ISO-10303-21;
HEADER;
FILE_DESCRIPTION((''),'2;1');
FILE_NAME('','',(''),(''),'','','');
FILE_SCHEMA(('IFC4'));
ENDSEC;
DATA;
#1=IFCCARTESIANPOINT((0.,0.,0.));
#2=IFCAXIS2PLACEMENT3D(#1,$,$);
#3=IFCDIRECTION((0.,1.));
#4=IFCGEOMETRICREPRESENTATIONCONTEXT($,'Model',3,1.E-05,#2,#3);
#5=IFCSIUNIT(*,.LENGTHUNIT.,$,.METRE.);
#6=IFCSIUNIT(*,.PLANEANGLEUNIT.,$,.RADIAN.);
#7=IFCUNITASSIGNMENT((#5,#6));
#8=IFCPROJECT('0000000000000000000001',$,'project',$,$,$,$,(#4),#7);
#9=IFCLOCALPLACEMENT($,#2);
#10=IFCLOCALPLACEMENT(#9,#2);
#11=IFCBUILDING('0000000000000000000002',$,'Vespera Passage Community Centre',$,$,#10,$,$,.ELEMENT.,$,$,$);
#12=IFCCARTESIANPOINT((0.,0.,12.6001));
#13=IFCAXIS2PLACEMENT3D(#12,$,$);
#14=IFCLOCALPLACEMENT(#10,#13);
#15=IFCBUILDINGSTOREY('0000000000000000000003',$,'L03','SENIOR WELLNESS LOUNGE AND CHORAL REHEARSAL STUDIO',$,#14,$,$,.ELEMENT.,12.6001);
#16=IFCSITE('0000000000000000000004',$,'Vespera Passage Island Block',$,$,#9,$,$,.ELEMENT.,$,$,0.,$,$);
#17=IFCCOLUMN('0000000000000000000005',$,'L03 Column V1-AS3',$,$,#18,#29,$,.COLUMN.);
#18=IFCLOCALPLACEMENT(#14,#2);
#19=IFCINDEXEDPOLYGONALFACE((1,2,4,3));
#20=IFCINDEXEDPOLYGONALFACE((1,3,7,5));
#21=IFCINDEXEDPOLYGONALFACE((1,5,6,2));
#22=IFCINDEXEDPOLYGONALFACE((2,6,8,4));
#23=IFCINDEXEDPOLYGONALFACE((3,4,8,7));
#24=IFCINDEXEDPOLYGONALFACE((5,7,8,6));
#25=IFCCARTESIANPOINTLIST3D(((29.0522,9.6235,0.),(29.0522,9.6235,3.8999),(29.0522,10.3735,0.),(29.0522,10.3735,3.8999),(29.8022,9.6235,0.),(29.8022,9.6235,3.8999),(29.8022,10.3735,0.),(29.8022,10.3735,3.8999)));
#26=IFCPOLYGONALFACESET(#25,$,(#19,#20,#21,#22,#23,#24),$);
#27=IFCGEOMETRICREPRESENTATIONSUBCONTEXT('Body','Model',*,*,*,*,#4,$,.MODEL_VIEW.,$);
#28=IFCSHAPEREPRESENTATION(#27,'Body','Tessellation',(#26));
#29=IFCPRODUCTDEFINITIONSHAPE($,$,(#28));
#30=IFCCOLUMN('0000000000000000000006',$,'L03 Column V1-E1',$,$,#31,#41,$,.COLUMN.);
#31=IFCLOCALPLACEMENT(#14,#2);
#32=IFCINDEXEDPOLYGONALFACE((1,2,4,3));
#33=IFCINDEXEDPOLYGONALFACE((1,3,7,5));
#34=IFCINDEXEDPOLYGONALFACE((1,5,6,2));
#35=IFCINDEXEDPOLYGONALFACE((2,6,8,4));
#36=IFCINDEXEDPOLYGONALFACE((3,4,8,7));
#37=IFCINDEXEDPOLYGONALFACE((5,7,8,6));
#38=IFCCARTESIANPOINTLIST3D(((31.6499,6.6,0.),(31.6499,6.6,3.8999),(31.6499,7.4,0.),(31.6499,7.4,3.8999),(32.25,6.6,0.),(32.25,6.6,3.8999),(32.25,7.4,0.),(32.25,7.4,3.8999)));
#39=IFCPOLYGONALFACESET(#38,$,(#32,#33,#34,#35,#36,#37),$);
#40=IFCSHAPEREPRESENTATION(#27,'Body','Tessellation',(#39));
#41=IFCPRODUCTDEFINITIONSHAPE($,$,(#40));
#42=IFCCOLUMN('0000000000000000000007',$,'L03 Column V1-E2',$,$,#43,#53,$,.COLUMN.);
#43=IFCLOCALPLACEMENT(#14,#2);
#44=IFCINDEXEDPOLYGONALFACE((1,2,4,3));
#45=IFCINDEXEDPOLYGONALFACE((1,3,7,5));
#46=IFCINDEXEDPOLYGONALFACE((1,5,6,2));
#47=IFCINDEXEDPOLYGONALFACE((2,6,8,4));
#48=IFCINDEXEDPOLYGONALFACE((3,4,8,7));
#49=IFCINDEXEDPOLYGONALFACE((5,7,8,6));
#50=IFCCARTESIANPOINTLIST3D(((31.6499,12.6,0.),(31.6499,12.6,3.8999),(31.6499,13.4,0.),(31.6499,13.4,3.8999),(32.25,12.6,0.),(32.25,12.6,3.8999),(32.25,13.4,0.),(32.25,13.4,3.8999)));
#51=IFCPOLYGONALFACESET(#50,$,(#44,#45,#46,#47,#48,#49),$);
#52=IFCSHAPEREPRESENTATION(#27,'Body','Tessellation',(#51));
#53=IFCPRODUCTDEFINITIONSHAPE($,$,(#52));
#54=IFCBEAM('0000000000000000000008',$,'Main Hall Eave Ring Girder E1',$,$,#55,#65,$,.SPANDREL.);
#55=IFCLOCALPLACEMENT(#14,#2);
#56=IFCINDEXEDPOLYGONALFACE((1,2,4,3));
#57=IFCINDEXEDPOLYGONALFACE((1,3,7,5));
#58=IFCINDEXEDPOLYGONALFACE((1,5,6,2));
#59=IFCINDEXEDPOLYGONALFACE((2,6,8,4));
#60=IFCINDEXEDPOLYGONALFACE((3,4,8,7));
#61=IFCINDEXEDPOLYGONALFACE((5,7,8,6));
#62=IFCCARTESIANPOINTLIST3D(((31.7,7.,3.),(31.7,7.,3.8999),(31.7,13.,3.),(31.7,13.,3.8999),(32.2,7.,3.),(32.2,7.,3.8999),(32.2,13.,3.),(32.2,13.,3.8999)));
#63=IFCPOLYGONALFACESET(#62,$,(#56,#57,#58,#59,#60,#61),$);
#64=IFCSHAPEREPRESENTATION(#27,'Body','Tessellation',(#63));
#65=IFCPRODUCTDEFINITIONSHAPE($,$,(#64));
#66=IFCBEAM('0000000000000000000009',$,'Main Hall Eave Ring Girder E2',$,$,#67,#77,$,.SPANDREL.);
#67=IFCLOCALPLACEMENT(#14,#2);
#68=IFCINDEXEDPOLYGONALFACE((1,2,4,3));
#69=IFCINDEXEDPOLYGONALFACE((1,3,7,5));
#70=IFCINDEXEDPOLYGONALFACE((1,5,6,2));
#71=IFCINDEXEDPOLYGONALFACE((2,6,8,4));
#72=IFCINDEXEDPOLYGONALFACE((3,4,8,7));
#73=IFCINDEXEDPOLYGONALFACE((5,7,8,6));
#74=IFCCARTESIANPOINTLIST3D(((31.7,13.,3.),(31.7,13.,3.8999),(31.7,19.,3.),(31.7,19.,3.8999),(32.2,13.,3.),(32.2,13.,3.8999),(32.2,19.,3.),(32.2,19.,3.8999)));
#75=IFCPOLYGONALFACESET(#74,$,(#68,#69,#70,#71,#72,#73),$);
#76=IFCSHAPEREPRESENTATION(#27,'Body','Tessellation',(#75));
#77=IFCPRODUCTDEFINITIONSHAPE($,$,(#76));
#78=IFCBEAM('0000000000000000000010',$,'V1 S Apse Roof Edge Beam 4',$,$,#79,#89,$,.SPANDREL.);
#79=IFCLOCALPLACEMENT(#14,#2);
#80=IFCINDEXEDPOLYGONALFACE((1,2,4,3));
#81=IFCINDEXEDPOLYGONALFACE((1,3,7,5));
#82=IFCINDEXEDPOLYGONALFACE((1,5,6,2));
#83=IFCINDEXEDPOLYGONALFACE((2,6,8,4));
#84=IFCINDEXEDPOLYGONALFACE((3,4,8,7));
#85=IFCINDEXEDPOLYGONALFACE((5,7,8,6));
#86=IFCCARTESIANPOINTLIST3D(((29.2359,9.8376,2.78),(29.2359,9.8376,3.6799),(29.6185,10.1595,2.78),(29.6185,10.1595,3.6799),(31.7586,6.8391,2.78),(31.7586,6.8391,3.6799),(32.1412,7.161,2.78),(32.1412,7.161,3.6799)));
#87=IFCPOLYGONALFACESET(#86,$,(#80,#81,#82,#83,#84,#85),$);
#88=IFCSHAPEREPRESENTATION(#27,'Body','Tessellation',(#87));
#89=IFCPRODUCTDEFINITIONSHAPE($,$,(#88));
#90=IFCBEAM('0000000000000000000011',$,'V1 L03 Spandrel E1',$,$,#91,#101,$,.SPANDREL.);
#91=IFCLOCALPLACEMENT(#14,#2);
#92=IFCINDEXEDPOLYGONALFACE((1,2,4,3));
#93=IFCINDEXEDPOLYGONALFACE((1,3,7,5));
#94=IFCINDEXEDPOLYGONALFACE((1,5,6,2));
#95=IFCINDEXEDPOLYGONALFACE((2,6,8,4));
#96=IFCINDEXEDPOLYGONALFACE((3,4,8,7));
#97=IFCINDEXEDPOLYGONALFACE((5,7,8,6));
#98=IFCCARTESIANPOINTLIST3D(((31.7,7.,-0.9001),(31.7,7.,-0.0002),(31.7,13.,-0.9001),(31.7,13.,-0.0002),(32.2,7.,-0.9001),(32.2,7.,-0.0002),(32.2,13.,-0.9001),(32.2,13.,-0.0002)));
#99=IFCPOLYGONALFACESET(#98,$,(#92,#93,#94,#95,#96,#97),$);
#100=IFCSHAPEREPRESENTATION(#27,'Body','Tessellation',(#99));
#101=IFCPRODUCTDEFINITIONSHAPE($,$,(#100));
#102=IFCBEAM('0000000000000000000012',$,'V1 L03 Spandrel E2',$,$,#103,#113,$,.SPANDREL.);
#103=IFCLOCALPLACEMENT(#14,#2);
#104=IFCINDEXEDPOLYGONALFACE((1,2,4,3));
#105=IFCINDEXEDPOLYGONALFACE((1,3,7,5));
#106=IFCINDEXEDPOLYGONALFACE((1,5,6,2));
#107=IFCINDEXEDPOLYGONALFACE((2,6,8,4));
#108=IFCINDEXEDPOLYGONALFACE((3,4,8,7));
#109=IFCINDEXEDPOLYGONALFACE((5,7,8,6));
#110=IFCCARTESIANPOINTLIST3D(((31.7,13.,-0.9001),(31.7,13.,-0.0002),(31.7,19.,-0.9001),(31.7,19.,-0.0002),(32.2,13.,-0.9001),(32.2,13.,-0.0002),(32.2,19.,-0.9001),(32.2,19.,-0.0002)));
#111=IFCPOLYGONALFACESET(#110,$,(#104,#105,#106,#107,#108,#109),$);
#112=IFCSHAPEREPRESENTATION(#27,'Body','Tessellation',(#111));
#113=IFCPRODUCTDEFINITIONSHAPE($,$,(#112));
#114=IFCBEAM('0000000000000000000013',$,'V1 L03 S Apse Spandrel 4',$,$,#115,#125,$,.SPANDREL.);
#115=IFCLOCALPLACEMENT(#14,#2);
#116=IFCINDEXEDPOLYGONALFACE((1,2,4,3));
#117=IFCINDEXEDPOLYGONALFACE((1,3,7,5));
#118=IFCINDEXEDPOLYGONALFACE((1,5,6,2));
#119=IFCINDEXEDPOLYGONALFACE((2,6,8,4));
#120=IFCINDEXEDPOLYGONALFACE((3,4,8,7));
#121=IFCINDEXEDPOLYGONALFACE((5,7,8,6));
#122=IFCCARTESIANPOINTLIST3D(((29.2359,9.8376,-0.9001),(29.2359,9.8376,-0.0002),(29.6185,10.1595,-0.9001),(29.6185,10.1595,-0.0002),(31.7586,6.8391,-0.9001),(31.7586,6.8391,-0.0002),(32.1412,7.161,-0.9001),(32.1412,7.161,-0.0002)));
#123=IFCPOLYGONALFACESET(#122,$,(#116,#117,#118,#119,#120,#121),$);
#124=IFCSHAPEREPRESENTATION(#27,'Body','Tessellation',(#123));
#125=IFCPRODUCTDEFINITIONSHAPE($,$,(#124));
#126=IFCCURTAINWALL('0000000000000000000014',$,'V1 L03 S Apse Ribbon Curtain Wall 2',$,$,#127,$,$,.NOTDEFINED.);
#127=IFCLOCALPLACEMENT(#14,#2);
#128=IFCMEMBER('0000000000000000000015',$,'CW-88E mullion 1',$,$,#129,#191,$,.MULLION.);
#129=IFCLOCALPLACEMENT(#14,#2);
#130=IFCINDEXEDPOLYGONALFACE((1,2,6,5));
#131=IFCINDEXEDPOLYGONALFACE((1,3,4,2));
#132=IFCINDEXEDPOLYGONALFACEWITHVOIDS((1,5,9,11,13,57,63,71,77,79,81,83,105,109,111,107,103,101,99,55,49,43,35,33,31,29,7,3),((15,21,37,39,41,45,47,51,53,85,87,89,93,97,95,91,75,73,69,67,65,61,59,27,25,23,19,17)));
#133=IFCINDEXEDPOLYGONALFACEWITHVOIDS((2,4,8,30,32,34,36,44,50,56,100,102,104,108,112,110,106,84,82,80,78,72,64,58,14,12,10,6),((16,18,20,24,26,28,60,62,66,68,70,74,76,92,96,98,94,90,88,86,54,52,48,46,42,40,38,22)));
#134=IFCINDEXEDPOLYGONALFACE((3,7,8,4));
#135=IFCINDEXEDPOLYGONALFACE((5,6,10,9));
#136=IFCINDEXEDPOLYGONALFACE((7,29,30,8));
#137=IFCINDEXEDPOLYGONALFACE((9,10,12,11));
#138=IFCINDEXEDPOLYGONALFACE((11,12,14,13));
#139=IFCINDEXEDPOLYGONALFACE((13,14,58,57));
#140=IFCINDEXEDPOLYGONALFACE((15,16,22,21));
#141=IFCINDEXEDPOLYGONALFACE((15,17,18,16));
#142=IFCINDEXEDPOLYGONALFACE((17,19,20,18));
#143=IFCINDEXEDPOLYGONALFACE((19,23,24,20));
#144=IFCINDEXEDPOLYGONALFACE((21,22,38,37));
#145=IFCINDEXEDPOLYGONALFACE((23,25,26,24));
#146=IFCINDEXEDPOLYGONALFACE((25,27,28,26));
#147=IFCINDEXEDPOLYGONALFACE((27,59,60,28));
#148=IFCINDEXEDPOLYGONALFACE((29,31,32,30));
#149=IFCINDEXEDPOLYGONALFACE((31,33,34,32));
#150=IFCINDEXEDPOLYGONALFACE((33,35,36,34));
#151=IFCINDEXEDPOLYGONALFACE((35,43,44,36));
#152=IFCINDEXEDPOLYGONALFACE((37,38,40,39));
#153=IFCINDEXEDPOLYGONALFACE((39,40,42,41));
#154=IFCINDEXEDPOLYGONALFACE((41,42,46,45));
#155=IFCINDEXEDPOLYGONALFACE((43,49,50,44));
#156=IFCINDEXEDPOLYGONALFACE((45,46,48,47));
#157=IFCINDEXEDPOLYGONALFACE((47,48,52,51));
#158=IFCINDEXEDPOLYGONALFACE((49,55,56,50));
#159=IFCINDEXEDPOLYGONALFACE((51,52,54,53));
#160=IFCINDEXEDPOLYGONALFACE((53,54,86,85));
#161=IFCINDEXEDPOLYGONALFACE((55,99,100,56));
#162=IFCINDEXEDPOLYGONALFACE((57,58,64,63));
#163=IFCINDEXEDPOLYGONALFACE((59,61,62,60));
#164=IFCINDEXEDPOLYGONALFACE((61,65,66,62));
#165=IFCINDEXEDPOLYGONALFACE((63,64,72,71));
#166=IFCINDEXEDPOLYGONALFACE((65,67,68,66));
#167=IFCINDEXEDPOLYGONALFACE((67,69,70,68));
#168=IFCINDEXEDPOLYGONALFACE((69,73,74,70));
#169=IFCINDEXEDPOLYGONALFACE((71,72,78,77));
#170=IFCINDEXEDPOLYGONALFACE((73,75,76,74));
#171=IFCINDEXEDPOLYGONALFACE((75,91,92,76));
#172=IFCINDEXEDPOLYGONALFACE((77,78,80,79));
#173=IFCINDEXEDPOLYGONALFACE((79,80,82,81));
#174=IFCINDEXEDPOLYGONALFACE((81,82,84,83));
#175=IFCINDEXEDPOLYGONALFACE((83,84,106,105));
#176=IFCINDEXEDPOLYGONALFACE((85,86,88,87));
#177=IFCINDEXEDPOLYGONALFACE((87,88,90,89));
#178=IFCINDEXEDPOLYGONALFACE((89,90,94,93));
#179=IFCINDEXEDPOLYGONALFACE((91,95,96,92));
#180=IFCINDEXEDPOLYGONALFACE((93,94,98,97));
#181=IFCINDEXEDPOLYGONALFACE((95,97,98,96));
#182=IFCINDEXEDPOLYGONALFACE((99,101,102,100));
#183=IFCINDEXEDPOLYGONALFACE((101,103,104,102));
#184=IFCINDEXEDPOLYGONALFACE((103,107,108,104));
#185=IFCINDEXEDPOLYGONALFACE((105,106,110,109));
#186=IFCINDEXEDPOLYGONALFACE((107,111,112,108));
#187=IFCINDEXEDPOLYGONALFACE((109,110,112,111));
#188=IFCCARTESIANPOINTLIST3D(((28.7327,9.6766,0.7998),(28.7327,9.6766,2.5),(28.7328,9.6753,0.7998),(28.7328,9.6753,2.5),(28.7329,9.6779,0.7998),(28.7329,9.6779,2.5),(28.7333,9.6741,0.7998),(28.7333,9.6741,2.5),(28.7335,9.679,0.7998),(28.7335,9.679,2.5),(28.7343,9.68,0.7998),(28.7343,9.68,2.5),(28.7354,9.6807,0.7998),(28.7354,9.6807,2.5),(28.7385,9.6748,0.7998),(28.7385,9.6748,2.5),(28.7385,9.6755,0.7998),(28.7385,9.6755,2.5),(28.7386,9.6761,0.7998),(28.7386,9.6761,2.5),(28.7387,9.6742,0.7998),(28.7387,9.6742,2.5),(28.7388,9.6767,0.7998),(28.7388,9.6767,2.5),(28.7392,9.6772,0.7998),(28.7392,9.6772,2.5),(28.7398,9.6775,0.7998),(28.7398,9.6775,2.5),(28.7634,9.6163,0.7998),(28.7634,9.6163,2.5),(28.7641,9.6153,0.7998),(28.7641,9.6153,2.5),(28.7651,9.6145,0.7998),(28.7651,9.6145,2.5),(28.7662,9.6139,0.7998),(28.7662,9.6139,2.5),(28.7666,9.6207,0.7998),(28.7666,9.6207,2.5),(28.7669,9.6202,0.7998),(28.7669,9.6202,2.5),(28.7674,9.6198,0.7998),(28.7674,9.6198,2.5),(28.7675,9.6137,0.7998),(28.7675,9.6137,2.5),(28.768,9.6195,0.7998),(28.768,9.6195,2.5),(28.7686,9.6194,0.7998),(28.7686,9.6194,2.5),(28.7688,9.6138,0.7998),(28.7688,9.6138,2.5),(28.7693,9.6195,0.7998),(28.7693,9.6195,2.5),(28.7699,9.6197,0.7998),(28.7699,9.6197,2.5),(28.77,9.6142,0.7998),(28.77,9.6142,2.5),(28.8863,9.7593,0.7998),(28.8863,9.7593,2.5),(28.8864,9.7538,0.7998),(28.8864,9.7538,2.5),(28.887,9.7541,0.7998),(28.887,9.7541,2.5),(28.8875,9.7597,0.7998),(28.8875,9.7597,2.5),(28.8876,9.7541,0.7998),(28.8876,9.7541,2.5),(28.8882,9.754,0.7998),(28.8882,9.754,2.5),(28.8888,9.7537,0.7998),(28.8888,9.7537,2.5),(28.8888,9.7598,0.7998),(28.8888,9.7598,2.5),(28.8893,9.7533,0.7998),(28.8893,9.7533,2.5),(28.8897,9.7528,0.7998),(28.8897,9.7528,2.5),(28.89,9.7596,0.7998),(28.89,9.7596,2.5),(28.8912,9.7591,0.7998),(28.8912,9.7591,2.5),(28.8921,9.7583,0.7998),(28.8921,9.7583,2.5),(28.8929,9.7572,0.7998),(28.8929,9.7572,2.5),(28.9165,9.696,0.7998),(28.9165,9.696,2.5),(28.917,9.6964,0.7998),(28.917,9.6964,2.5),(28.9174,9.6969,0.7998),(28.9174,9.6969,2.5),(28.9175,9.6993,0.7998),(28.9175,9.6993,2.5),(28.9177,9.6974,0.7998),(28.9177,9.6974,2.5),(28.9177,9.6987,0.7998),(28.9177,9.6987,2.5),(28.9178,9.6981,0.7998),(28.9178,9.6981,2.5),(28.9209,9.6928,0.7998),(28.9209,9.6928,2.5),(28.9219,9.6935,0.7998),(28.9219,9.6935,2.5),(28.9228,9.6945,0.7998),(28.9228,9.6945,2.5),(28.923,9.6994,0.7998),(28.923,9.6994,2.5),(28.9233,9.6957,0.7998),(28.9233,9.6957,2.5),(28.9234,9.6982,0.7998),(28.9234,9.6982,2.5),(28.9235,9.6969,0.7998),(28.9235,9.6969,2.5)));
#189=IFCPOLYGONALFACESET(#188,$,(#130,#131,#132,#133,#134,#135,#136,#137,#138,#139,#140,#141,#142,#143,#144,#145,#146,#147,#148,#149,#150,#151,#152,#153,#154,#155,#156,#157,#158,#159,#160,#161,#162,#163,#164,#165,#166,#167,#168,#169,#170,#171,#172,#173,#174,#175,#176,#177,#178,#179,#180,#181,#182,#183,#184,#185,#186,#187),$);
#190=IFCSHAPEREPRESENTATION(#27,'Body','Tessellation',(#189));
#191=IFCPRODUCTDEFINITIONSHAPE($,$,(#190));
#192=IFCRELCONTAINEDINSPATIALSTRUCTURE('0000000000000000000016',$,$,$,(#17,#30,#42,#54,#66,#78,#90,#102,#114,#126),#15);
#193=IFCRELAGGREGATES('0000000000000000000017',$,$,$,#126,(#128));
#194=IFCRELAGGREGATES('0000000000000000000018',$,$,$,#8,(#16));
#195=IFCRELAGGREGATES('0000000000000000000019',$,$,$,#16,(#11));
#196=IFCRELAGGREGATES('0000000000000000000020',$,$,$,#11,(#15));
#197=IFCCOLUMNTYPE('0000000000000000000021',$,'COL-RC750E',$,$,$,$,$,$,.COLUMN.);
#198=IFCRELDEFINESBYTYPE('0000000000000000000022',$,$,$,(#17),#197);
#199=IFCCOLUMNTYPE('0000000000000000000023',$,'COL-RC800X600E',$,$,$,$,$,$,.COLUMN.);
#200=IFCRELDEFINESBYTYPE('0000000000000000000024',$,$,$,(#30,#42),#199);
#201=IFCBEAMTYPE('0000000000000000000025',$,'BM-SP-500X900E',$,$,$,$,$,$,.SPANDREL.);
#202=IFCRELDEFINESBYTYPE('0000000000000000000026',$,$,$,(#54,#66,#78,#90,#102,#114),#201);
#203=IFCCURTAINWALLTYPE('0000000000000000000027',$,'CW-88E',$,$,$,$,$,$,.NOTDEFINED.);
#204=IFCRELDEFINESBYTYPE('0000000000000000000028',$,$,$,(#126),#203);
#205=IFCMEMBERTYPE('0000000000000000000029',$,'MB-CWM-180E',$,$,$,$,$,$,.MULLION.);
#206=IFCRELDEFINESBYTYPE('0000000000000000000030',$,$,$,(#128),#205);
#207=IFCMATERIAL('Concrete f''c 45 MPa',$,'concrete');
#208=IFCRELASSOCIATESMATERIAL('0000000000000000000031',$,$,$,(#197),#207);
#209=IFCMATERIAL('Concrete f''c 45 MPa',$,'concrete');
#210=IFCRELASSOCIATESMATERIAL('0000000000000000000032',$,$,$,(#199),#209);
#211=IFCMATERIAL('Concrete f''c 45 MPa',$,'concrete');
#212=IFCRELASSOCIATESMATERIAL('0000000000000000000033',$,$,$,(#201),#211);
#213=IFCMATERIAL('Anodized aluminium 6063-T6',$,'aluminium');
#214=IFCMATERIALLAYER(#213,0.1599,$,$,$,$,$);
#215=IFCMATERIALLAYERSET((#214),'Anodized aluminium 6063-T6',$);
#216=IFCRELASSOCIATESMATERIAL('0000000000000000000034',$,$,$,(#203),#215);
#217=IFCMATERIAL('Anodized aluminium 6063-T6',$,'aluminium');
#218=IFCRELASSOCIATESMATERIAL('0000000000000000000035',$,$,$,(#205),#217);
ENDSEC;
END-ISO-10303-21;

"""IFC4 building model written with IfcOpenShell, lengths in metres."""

from ifc_helpers import new_model, si_unit, direction, frame, origin, origin_2d, place, context, subcontext, project, spatial, rectangle, hollow_rectangle, extrude, material, layer, layer_set, material_profile, profile_set, type_object, element, aggregate, save


model = new_model("IFC4")

# Units and contexts
model_context = context("Model", 3, precision=1e-05, world=origin(), true_north=direction((0.0, 1.0)))
body_context = subcontext(model_context, "Body", "Model", "MODEL_VIEW")
ifc_project = project(units=[si_unit("LENGTHUNIT", "METRE"), si_unit("PLANEANGLEUNIT", "RADIAN")], contexts=[model_context])

# Site, building, storey
site_placement = place(None, origin())
site = spatial("IfcSite", under=ifc_project, at=site_placement, Name="Vespera Passage Island Block", CompositionType="ELEMENT", RefElevation=0.0)
building_placement = place(site_placement, origin())
building = spatial("IfcBuilding", under=site, at=building_placement, Name="Vespera Passage Community Centre", CompositionType="ELEMENT")
storey_placement = place(building_placement, frame((0.0, 0.0, 12.6001)))
storey = spatial("IfcBuildingStorey", under=building, at=storey_placement, Name="L03", Description="SENIOR WELLNESS LOUNGE AND CHORAL REHEARSAL STUDIO", CompositionType="ELEMENT", Elevation=12.6001)

# Columns
ifc_material_1 = material(Name="Concrete f'c 45 MPa", Category="concrete")
ifc_material_profile_1 = material_profile(ifc_material_1, rectangle(XDim=0.75, YDim=0.75, at=origin_2d()), Name="RC750X750")
ifc_profile_set_1 = profile_set([ifc_material_profile_1], Name="Concrete f'c 45 MPa")
column_type_1 = type_object("IfcColumnType", Name="COL-RC750E", PredefinedType="COLUMN", material=ifc_profile_set_1)
column_placement = place(storey_placement, frame((29.4272, 9.9985, 0.0), z_axis=(0.0, 0.0, 1.0), x_axis=(1.0, 0.0, 0.0)))
element("IfcColumn", 1, at=column_placement, inside=storey, type_object=column_type_1, Name="L03 Column V1-AS3", PredefinedType="COLUMN", context=body_context, shape_type="SweptSolid", body=[
    extrude(rectangle(XDim=0.75, YDim=0.75, at=origin_2d()), origin(), (0.0, 0.0, 1.0), 3.8999),
])
ifc_material_2 = material(Name="Concrete f'c 45 MPa", Category="concrete")
ifc_material_profile_2 = material_profile(ifc_material_2, rectangle(XDim=0.6001, YDim=0.8, at=origin_2d()), Name="RC800X600")
ifc_profile_set_2 = profile_set([ifc_material_profile_2], Name="Concrete f'c 45 MPa")
column_type_2 = type_object("IfcColumnType", Name="COL-RC800X600E", PredefinedType="COLUMN", material=ifc_profile_set_2)
for number, where, z_axis, x_axis, name in (
    (2, (31.95, 7.0, 0.0), (0.0, 0.0, 1.0), (1.0, 0.0, 0.0), "L03 Column V1-E1"),
    (3, (31.95, 13.0, 0.0), (0.0, 0.0, 1.0), (1.0, 0.0, 0.0), "L03 Column V1-E2"),
):
    element("IfcColumn", number, at=place(storey_placement, frame(where, z_axis=z_axis, x_axis=x_axis)), inside=storey, type_object=column_type_2, Name=name, PredefinedType="COLUMN", context=body_context, shape_type="SweptSolid", body=[
        extrude(rectangle(XDim=0.6001, YDim=0.8, at=origin_2d()), origin(), (0.0, 0.0, 1.0), 3.8999),
    ])

# Beams
ifc_material_3 = material(Name="Concrete f'c 45 MPa", Category="concrete")
ifc_material_profile_3 = material_profile(ifc_material_3, rectangle(XDim=0.5, YDim=0.8999, at=origin_2d()), Name="RC500X900")
ifc_profile_set_3 = profile_set([ifc_material_profile_3], Name="Concrete f'c 45 MPa")
beam_type = type_object("IfcBeamType", Name="BM-SP-500X900E", PredefinedType="SPANDREL", material=ifc_profile_set_3)
for number, where, z_axis, x_axis, name in (
    (4, (31.95, 7.0, 3.45), (0.0, 1.0, 0.0), (-1.0, 0.0, 0.0), "Main Hall Eave Ring Girder E1"),
    (5, (31.95, 13.0, 3.45), (0.0, 1.0, 0.0), (-1.0, 0.0, 0.0), "Main Hall Eave Ring Girder E2"),
):
    element("IfcBeam", number, at=place(storey_placement, frame(where, z_axis=z_axis, x_axis=x_axis)), inside=storey, type_object=beam_type, Name=name, PredefinedType="SPANDREL", context=body_context, shape_type="SweptSolid", body=[
        extrude(rectangle(XDim=0.5, YDim=0.8999, at=origin_2d()), origin(), (0.0, 0.0, 1.0), 6.0),
    ])
beam_1_placement = place(storey_placement, frame((29.4272, 9.9985, 3.23), z_axis=(0.643781, -0.76521, 0.0), x_axis=(0.76521, 0.643781, 0.0)))
element("IfcBeam", 6, at=beam_1_placement, inside=storey, type_object=beam_type, Name="V1 S Apse Roof Edge Beam 4", PredefinedType="SPANDREL", context=body_context, shape_type="SweptSolid", body=[
    extrude(rectangle(XDim=0.5, YDim=0.8999, at=origin_2d()), origin(), (0.0, 0.0, 1.0), 3.9185),
])
for number, where, z_axis, x_axis, name in (
    (7, (31.95, 7.0, -0.4502), (0.0, 1.0, 0.0), (-1.0, 0.0, 0.0), "V1 L03 Spandrel E1"),
    (8, (31.95, 13.0, -0.4502), (0.0, 1.0, 0.0), (-1.0, 0.0, 0.0), "V1 L03 Spandrel E2"),
):
    element("IfcBeam", number, at=place(storey_placement, frame(where, z_axis=z_axis, x_axis=x_axis)), inside=storey, type_object=beam_type, Name=name, PredefinedType="SPANDREL", context=body_context, shape_type="SweptSolid", body=[
        extrude(rectangle(XDim=0.5, YDim=0.8999, at=origin_2d()), origin(), (0.0, 0.0, 1.0), 6.0),
    ])
beam_2_placement = place(storey_placement, frame((29.4272, 9.9985, -0.4502), z_axis=(0.643781, -0.76521, 0.0), x_axis=(0.76521, 0.643781, 0.0)))
element("IfcBeam", 9, at=beam_2_placement, inside=storey, type_object=beam_type, Name="V1 L03 S Apse Spandrel 4", PredefinedType="SPANDREL", context=body_context, shape_type="SweptSolid", body=[
    extrude(rectangle(XDim=0.5, YDim=0.8999, at=origin_2d()), origin(), (0.0, 0.0, 1.0), 3.9185),
])

# Curtain wall, member
ifc_material_4 = material(Name="Anodized aluminium 6063-T6", Category="aluminium")
ifc_layer_1 = layer(ifc_material_4, 0.1599)
ifc_layer_set_1 = layer_set([ifc_layer_1], Name="Anodized aluminium 6063-T6")
curtain_wall_type_1 = type_object("IfcCurtainWallType", Name="CW-88E", PredefinedType="NOTDEFINED", material=ifc_layer_set_1)
curtain_wall_1_placement = place(storey_placement, origin())
curtain_wall_1 = element("IfcCurtainWall", 10, at=curtain_wall_1_placement, inside=storey, type_object=curtain_wall_type_1, Name="V1 L03 S Apse Ribbon Curtain Wall 2", PredefinedType="NOTDEFINED")
ifc_material_5 = material(Name="Anodized aluminium 6063-T6", Category="aluminium")
ifc_material_profile_4 = material_profile(ifc_material_5, hollow_rectangle(XDim=0.075, YDim=0.1799, WallThickness=0.0049, InnerFilletRadius=0.0024, OuterFilletRadius=0.0049, at=origin_2d()), Name="ALU180X75X5")
ifc_profile_set_4 = profile_set([ifc_material_profile_4], Name="Anodized aluminium 6063-T6")
member_type_1 = type_object("IfcMemberType", Name="MB-CWM-180E", PredefinedType="MULLION", material=ifc_profile_set_4)
member_1_placement = place(storey_placement, frame((28.8281, 9.6868, 0.7998), z_axis=(0.0, 0.0, 1.0), x_axis=(0.461745, -0.887013, 0.0)))
member_1 = element("IfcMember", 11, at=member_1_placement, type_object=member_type_1, Name="CW-88E mullion 1", PredefinedType="MULLION", context=body_context, shape_type="SweptSolid", body=[
    extrude(hollow_rectangle(XDim=0.075, YDim=0.1799, WallThickness=0.0049, InnerFilletRadius=0.0024, OuterFilletRadius=0.0049, at=origin_2d()), origin(), (0.0, 0.0, 1.0), 1.7002),
])

aggregate(curtain_wall_1, [member_1])

save(model, "model.ifc")
